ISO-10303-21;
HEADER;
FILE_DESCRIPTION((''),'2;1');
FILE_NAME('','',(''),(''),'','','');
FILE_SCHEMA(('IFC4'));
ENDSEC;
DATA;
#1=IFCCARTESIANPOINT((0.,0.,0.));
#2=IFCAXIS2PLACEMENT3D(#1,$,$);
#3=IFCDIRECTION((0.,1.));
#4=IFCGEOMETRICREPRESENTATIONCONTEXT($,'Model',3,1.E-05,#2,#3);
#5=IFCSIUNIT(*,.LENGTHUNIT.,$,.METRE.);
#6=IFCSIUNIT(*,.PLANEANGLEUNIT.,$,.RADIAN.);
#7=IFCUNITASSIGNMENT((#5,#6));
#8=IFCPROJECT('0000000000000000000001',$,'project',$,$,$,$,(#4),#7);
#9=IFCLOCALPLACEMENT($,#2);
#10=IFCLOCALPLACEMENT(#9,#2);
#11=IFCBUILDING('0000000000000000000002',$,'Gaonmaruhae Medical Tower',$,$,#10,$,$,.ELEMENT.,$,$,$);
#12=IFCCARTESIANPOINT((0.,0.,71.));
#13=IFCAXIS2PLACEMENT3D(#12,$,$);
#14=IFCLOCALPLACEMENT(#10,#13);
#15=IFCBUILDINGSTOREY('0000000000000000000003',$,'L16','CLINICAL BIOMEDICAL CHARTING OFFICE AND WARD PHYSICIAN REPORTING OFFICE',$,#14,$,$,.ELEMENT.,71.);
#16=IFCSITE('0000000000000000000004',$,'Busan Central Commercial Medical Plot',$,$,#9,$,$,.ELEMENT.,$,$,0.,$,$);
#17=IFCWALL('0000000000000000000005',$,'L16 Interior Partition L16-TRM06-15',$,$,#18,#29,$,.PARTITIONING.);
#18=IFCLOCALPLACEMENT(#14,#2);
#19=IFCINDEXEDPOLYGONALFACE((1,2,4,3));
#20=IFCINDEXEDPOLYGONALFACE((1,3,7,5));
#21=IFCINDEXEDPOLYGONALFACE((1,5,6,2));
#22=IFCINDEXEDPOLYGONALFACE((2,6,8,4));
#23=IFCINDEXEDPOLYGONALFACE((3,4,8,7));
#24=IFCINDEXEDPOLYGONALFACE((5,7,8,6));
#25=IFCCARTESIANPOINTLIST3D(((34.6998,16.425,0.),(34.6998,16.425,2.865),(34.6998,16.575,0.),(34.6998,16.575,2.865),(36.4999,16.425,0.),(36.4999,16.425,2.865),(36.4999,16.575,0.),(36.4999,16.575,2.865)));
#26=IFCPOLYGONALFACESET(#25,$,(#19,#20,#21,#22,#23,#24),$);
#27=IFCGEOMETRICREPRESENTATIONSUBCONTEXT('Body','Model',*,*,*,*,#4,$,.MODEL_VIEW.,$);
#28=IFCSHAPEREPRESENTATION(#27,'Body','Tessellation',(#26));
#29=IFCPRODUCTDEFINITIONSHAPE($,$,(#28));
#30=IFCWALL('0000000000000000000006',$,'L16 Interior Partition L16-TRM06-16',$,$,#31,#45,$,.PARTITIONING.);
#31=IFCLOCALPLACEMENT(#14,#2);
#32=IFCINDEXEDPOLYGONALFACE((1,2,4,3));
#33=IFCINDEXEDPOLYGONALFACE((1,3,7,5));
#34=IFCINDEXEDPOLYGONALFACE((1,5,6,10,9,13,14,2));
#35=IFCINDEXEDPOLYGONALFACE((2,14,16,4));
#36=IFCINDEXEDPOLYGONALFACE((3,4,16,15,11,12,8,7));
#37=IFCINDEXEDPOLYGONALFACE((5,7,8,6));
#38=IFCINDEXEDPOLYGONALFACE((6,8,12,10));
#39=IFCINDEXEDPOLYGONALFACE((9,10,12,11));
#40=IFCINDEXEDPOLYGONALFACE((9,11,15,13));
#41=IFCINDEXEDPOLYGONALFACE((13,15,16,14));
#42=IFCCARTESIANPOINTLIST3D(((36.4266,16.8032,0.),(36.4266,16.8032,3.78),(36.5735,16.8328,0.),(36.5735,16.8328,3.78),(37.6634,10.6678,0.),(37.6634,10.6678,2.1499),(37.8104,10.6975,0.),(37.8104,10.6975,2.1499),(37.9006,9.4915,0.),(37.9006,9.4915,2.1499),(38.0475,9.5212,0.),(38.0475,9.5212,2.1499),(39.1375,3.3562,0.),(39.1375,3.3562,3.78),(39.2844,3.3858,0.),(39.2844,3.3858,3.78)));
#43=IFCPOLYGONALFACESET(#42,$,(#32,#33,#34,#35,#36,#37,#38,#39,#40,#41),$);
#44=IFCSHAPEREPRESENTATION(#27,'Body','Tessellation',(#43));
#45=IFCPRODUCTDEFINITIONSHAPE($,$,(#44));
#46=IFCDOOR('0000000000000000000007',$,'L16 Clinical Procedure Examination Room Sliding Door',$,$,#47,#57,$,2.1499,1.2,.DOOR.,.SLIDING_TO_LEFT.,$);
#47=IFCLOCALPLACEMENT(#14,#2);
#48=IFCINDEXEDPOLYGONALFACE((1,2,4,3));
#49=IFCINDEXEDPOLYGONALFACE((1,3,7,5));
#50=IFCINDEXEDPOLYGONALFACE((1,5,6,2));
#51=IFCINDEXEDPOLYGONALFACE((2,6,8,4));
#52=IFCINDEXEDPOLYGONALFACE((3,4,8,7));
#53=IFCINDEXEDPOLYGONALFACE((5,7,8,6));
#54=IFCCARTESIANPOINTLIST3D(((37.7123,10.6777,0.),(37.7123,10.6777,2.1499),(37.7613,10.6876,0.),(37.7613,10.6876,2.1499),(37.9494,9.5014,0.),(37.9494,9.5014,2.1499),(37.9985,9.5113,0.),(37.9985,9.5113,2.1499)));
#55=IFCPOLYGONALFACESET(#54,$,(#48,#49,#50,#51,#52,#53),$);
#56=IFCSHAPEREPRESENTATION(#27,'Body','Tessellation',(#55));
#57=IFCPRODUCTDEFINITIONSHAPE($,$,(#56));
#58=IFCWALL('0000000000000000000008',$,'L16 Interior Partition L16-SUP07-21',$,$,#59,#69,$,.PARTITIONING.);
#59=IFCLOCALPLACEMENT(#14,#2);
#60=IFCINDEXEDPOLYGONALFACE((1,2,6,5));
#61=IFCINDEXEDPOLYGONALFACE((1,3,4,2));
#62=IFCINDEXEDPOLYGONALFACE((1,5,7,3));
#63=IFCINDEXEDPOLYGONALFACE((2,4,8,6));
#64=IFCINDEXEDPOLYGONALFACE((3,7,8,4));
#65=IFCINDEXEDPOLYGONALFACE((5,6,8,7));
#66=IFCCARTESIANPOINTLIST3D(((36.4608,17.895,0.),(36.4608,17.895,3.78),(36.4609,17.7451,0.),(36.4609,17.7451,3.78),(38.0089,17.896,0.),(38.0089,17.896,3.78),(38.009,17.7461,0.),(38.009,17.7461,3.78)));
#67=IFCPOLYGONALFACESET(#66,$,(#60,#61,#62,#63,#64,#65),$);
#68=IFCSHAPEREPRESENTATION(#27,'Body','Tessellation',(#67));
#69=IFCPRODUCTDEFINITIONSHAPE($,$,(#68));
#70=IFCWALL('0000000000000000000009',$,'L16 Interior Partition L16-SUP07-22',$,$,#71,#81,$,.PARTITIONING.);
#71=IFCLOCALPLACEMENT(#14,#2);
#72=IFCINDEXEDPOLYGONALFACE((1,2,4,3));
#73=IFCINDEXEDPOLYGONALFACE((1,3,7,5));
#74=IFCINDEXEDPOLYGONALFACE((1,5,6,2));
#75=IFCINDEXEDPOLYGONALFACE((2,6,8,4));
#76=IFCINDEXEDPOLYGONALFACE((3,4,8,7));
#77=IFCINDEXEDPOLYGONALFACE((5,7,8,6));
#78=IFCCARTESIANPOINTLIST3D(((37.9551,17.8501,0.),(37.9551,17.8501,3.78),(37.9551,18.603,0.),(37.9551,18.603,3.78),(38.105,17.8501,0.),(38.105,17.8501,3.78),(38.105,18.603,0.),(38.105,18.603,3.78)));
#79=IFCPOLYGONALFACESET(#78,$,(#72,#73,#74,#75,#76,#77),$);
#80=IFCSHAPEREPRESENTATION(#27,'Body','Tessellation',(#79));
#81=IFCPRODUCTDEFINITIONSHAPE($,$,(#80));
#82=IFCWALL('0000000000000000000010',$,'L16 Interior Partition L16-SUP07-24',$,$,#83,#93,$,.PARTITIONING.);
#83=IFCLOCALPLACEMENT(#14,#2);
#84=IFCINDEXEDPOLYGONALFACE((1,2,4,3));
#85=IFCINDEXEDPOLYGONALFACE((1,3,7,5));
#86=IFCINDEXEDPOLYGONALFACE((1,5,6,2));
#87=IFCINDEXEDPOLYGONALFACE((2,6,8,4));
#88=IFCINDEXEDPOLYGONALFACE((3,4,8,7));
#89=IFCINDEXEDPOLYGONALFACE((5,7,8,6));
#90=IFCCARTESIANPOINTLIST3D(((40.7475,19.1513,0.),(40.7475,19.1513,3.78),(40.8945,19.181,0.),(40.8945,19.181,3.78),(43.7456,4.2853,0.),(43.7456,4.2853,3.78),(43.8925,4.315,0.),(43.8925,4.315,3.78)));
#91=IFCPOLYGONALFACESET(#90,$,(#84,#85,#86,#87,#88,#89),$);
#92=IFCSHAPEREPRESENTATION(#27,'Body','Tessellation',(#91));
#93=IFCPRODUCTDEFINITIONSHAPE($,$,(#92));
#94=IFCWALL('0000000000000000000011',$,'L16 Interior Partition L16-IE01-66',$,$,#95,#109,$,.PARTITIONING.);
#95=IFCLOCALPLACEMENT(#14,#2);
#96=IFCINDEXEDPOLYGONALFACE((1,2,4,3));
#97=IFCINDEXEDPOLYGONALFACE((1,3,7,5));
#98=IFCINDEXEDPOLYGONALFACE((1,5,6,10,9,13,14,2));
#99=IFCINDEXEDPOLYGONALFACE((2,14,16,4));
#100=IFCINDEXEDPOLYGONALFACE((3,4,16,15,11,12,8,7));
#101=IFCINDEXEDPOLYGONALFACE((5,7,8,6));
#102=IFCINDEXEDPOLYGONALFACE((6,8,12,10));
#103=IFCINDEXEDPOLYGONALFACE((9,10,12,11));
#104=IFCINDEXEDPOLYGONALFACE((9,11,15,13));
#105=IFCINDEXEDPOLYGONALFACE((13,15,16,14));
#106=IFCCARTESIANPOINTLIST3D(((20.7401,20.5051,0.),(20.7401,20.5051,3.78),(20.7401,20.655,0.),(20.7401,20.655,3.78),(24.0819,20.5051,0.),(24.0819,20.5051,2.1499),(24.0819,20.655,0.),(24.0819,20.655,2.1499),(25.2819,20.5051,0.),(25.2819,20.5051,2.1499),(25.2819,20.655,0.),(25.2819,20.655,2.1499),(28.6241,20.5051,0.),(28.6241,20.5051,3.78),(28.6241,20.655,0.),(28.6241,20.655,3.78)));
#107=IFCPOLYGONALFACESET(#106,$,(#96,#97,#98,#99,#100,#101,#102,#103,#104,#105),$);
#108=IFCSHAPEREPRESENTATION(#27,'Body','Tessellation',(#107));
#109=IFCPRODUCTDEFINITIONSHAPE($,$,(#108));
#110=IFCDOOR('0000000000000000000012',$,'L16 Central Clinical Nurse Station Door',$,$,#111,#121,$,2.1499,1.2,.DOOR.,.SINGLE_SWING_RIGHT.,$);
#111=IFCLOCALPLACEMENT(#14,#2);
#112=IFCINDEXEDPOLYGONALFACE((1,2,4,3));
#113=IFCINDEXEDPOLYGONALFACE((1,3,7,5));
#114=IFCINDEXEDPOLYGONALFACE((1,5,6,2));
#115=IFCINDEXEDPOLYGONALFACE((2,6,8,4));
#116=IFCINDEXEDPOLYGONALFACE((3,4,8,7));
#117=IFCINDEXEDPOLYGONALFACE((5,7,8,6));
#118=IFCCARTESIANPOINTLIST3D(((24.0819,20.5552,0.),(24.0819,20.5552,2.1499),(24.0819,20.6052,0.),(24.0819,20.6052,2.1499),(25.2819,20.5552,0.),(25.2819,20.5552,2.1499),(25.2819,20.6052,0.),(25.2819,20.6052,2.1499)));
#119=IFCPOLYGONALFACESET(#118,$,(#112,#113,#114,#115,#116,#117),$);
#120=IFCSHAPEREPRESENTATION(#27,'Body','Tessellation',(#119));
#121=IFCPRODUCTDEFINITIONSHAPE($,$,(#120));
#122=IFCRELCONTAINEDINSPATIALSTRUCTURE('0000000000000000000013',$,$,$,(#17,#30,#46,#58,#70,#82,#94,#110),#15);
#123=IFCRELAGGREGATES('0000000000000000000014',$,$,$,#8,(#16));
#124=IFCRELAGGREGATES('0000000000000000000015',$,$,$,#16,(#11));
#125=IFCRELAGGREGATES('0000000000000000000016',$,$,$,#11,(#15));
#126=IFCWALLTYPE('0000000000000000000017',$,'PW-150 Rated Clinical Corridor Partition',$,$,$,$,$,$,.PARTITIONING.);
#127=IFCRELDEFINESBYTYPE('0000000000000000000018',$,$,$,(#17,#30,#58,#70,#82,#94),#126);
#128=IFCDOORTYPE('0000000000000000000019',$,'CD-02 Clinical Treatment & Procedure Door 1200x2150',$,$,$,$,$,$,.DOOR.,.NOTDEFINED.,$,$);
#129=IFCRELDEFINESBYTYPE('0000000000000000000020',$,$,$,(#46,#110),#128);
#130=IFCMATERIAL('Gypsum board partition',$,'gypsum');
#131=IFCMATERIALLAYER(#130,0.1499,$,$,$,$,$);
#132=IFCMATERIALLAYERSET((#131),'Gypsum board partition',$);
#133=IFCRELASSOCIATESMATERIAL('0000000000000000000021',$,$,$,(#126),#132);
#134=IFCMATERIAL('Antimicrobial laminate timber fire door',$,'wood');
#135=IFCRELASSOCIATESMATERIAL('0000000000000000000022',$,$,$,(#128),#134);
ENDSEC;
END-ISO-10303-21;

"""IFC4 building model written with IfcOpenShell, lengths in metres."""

from ifc_helpers import new_model, si_unit, direction, frame, frame_2d, origin, place, context, subcontext, project, spatial, rectangle, extrude, material, layer, layer_set, type_object, element, fill, save


model = new_model("IFC4")

# Units and contexts
model_context = context("Model", 3, precision=1e-05, world=origin(), true_north=direction((0.0, 1.0)))
body_context = subcontext(model_context, "Body", "Model", "MODEL_VIEW")
ifc_project = project(units=[si_unit("LENGTHUNIT", "METRE"), si_unit("PLANEANGLEUNIT", "RADIAN")], contexts=[model_context])

# Site, building, storey
site_placement = place(None, origin())
site = spatial("IfcSite", under=ifc_project, at=site_placement, Name="Busan Central Commercial Medical Plot", CompositionType="ELEMENT", RefElevation=0.0)
building_placement = place(site_placement, origin())
building = spatial("IfcBuilding", under=site, at=building_placement, Name="Gaonmaruhae Medical Tower", CompositionType="ELEMENT")
storey_placement = place(building_placement, frame((0.0, 0.0, 71.0)))
storey = spatial("IfcBuildingStorey", under=building, at=storey_placement, Name="L16", Description="CLINICAL BIOMEDICAL CHARTING OFFICE AND WARD PHYSICIAN REPORTING OFFICE", CompositionType="ELEMENT", Elevation=71.0)

# Wall
ifc_material_1 = material(Name="Gypsum board partition", Category="gypsum")
ifc_layer_1 = layer(ifc_material_1, 0.1499)
ifc_layer_set_1 = layer_set([ifc_layer_1], Name="Gypsum board partition")
wall_type = type_object("IfcWallType", Name="PW-150 Rated Clinical Corridor Partition", PredefinedType="PARTITIONING", material=ifc_layer_set_1)
wall_1_placement = place(storey_placement, frame((34.7, 16.5, 0.0), z_axis=(0.0, 0.0, 1.0), x_axis=(1.0, 0.0, 0.0)))
element("IfcWall", 1, at=wall_1_placement, inside=storey, type_object=wall_type, Name="L16 Interior Partition L16-TRM06-15", PredefinedType="PARTITIONING", context=body_context, shape_type="SweptSolid", body=[
    extrude(rectangle(XDim=1.8, YDim=0.1499, at=frame_2d((0.8999, 0.0))), origin(), (0.0, 0.0, 1.0), 2.865),
])

# Wall, opening, door
wall_2_placement = place(storey_placement, frame((36.5, 16.8181, 0.0), z_axis=(0.0, 0.0, 1.0), x_axis=(0.197625, -0.980278, 0.0)))
wall_2 = element("IfcWall", 2, at=wall_2_placement, inside=storey, type_object=wall_type, Name="L16 Interior Partition L16-TRM06-16", PredefinedType="PARTITIONING", context=body_context, shape_type="SweptSolid", body=[
    extrude(rectangle(XDim=13.7175, YDim=0.1499, at=frame_2d((6.8589, 0.0))), origin(), (0.0, 0.0, 1.0), 3.78),
])
opening_1_placement = place(wall_2_placement, frame((6.2588, 0.0, 0.0)))
opening_1 = element("IfcOpeningElement", 3, at=opening_1_placement, cuts=wall_2, PredefinedType="OPENING", context=body_context, shape_type="SweptSolid", body=[
    extrude(rectangle(XDim=1.2, YDim=2.1499, at=frame_2d((0.6001, 1.075))), frame((0.0, 0.085, 0.0), z_axis=(0.0, -1.0, 0.0), x_axis=(1.0, 0.0, 0.0)), (0.0, 0.0, 1.0), 0.1699),
])
ifc_material_2 = material(Name="Antimicrobial laminate timber fire door", Category="wood")
door_type = type_object("IfcDoorType", Name="CD-02 Clinical Treatment & Procedure Door 1200x2150", OperationType="NOTDEFINED", PredefinedType="DOOR", material=ifc_material_2)
door_1_placement = place(opening_1_placement, origin())
door_1 = element("IfcDoor", 4, at=door_1_placement, inside=storey, type_object=door_type, Name="L16 Clinical Procedure Examination Room Sliding Door", OperationType="SLIDING_TO_LEFT", OverallHeight=2.1499, OverallWidth=1.2, PredefinedType="DOOR", context=body_context, shape_type="SweptSolid", body=[
    extrude(rectangle(XDim=1.2, YDim=2.1499, at=frame_2d((0.6001, 1.075))), frame((0.0, 0.0249, 0.0), z_axis=(0.0, -1.0, 0.0), x_axis=(1.0, 0.0, 0.0)), (0.0, 0.0, 1.0), 0.05),
])
fill(opening_1, door_1)

# Walls
wall_3_placement = place(storey_placement, frame((36.4609, 17.8201, 0.0), z_axis=(0.0, 0.0, 1.0), x_axis=(1.0, 0.000631, 0.0)))
element("IfcWall", 5, at=wall_3_placement, inside=storey, type_object=wall_type, Name="L16 Interior Partition L16-SUP07-21", PredefinedType="PARTITIONING", context=body_context, shape_type="SweptSolid", body=[
    extrude(rectangle(XDim=1.5481, YDim=0.1499, at=frame_2d((0.7739, 0.0))), origin(), (0.0, 0.0, 1.0), 3.78),
])
wall_4_placement = place(storey_placement, frame((38.03, 17.8501, 0.0), z_axis=(0.0, 0.0, 1.0), x_axis=(0.0, 1.0, 0.0)))
element("IfcWall", 6, at=wall_4_placement, inside=storey, type_object=wall_type, Name="L16 Interior Partition L16-SUP07-22", PredefinedType="PARTITIONING", context=body_context, shape_type="SweptSolid", body=[
    extrude(rectangle(XDim=0.7529, YDim=0.1499, at=frame_2d((0.3765, 0.0))), origin(), (0.0, 0.0, 1.0), 3.78),
])

# Wall
wall_5_placement = place(storey_placement, frame((40.821, 19.166, 0.0), z_axis=(0.0, 0.0, 1.0), x_axis=(0.197692, -0.980264, 0.0)))
element("IfcWall", 7, at=wall_5_placement, inside=storey, type_object=wall_type, Name="L16 Interior Partition L16-SUP07-24", PredefinedType="PARTITIONING", context=body_context, shape_type="SweptSolid", body=[
    extrude(rectangle(XDim=15.1653, YDim=0.1499, at=frame_2d((7.5825, 0.0))), origin(), (0.0, 0.0, 1.0), 3.78),
])

# Wall, opening, door
wall_6_placement = place(storey_placement, frame((28.624, 20.5801, 0.0), z_axis=(0.0, 0.0, 1.0), x_axis=(-1.0, 0.0, 0.0)))
wall_6 = element("IfcWall", 8, at=wall_6_placement, inside=storey, type_object=wall_type, Name="L16 Interior Partition L16-IE01-66", PredefinedType="PARTITIONING", context=body_context, shape_type="SweptSolid", body=[
    extrude(rectangle(XDim=7.884, YDim=0.1499, at=frame_2d((3.9419, 0.0))), origin(), (0.0, 0.0, 1.0), 3.78),
])
opening_2_placement = place(wall_6_placement, frame((3.342, 0.0, 0.0)))
opening_2 = element("IfcOpeningElement", 9, at=opening_2_placement, cuts=wall_6, PredefinedType="OPENING", context=body_context, shape_type="SweptSolid", body=[
    extrude(rectangle(XDim=1.2, YDim=2.1499, at=frame_2d((0.6001, 1.075))), frame((0.0, 0.085, 0.0), z_axis=(0.0, -1.0, 0.0), x_axis=(1.0, 0.0, 0.0)), (0.0, 0.0, 1.0), 0.1699),
])
door_2_placement = place(opening_2_placement, origin())
door_2 = element("IfcDoor", 10, at=door_2_placement, inside=storey, type_object=door_type, Name="L16 Central Clinical Nurse Station Door", OperationType="SINGLE_SWING_RIGHT", OverallHeight=2.1499, OverallWidth=1.2, PredefinedType="DOOR", context=body_context, shape_type="SweptSolid", body=[
    extrude(rectangle(XDim=1.2, YDim=2.1499, at=frame_2d((0.6001, 1.075))), frame((0.0, 0.0249, 0.0), z_axis=(0.0, -1.0, 0.0), x_axis=(1.0, 0.0, 0.0)), (0.0, 0.0, 1.0), 0.05),
])
fill(opening_2, door_2)

save(model, "model.ifc")
